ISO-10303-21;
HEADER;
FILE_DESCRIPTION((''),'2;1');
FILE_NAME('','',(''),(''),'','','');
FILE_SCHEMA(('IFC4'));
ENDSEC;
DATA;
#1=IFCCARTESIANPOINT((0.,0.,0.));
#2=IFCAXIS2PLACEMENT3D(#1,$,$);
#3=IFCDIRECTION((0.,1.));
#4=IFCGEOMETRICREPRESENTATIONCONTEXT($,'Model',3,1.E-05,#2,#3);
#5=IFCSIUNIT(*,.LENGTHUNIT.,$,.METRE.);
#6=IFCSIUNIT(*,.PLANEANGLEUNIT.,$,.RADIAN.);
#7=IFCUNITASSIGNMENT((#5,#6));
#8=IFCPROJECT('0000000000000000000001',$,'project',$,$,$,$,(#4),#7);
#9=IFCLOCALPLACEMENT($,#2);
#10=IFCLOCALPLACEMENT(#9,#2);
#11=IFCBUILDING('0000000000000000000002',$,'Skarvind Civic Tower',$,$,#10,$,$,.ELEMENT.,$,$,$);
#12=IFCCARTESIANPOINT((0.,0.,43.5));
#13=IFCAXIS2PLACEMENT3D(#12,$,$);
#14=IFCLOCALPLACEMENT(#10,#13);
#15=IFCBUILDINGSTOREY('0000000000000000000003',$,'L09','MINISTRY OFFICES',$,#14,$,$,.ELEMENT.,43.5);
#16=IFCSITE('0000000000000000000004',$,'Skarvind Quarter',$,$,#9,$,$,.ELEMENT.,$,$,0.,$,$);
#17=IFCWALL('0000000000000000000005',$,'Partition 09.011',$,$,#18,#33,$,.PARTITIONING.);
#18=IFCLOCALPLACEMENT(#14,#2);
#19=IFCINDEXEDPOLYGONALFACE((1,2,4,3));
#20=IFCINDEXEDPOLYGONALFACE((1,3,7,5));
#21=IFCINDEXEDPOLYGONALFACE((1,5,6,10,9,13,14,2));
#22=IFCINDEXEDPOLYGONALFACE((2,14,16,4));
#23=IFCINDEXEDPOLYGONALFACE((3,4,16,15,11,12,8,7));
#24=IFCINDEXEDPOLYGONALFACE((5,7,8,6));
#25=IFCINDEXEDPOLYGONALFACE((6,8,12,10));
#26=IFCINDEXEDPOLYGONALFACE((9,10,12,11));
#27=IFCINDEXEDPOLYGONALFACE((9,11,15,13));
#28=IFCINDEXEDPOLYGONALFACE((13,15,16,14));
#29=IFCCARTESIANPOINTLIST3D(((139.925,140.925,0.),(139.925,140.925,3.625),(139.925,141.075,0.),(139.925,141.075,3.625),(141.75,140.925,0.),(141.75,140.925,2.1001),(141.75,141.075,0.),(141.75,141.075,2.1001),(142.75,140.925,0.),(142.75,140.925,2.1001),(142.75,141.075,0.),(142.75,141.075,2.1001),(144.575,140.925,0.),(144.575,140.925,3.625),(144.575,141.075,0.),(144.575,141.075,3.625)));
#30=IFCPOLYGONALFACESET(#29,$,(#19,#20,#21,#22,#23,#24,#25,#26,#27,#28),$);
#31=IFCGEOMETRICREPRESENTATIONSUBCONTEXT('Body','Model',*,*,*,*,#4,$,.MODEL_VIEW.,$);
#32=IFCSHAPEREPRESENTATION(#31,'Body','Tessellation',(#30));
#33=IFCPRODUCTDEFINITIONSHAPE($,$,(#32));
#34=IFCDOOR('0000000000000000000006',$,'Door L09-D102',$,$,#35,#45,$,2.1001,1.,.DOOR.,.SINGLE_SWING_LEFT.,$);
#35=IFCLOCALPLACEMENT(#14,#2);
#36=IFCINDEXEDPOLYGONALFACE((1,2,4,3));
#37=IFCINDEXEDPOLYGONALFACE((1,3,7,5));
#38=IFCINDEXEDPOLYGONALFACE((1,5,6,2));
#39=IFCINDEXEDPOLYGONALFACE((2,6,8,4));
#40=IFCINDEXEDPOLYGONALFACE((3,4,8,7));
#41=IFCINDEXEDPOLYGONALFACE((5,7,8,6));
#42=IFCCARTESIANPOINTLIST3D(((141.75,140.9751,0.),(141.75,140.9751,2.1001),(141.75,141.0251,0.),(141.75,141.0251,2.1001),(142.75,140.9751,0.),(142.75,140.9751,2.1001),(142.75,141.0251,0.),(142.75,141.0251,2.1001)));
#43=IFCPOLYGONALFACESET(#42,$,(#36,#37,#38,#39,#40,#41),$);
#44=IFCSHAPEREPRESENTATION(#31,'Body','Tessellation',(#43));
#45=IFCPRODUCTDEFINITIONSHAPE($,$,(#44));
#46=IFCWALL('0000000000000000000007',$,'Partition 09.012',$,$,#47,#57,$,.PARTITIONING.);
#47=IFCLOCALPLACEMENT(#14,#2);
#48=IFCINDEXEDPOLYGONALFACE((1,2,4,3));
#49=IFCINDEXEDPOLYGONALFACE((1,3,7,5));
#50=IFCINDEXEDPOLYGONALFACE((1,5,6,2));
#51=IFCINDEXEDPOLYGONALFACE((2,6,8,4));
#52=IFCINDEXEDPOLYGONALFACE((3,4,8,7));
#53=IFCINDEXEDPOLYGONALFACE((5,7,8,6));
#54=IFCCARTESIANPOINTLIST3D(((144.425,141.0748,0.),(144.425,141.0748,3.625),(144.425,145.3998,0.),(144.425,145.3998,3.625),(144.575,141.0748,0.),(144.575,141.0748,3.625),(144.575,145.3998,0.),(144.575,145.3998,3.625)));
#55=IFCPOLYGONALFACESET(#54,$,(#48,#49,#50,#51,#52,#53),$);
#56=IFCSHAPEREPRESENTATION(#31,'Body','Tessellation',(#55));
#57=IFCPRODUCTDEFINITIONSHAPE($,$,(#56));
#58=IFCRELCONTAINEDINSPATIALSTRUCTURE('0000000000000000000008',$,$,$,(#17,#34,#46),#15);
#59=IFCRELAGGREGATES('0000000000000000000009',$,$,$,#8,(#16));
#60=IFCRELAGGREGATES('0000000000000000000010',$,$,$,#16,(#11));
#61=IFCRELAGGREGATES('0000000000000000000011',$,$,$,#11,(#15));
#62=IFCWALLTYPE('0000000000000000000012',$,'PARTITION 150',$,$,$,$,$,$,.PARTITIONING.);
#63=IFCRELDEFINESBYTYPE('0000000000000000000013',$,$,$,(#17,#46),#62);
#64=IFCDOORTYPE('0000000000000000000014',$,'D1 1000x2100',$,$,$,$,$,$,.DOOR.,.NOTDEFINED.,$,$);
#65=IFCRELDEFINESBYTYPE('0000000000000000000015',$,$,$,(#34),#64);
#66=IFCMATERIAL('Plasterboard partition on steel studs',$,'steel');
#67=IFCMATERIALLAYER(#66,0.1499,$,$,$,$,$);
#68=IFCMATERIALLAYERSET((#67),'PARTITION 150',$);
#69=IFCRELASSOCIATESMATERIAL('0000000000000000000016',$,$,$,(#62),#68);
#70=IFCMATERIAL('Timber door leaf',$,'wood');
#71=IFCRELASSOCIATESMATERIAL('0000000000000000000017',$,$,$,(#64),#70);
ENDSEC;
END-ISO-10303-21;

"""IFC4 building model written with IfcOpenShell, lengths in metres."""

from ifc_helpers import new_model, si_unit, direction, frame, frame_2d, origin, place, context, subcontext, project, spatial, rectangle, extrude, material, layer, layer_set, type_object, element, fill, save


model = new_model("IFC4")

# Units and contexts
model_context = context("Model", 3, precision=1e-05, world=origin(), true_north=direction((0.0, 1.0)))
body_context = subcontext(model_context, "Body", "Model", "MODEL_VIEW")
ifc_project = project(units=[si_unit("LENGTHUNIT", "METRE"), si_unit("PLANEANGLEUNIT", "RADIAN")], contexts=[model_context])

# Site, building, storey
site_placement = place(None, origin())
site = spatial("IfcSite", under=ifc_project, at=site_placement, Name="Skarvind Quarter", CompositionType="ELEMENT", RefElevation=0.0)
building_placement = place(site_placement, origin())
building = spatial("IfcBuilding", under=site, at=building_placement, Name="Skarvind Civic Tower", CompositionType="ELEMENT")
storey_placement = place(building_placement, frame((0.0, 0.0, 43.5)))
storey = spatial("IfcBuildingStorey", under=building, at=storey_placement, Name="L09", Description="MINISTRY OFFICES", CompositionType="ELEMENT", Elevation=43.5)

# Shared definitions
ifc_material_1 = material(Name="Plasterboard partition on steel studs", Category="steel")
ifc_layer_1 = layer(ifc_material_1, 0.1499)
ifc_layer_set_1 = layer_set([ifc_layer_1], Name="PARTITION 150")
wall_type_1 = type_object("IfcWallType", Name="PARTITION 150", PredefinedType="PARTITIONING", material=ifc_layer_set_1)

# Wall, opening, door
wall_1_placement = place(storey_placement, frame((144.575, 141.0, 0.0), z_axis=(0.0, 0.0, 1.0), x_axis=(-1.0, 0.0, 0.0)))
wall_1 = element("IfcWall", 1, at=wall_1_placement, inside=storey, type_object=wall_type_1, Name="Partition 09.011", PredefinedType="PARTITIONING", context=body_context, shape_type="SweptSolid", body=[
    extrude(rectangle(XDim=4.6499, YDim=0.1499, at=frame_2d((2.325, 0.0))), origin(), (0.0, 0.0, 1.0), 3.625),
])
opening_1_placement = place(wall_1_placement, frame((1.825, 0.0, 0.0)))
opening_1 = element("IfcOpeningElement", 2, at=opening_1_placement, cuts=wall_1, PredefinedType="OPENING", context=body_context, shape_type="SweptSolid", body=[
    extrude(rectangle(XDim=1.0, YDim=2.1001, at=frame_2d((0.5, 1.05))), frame((0.0, 0.085, 0.0), z_axis=(0.0, -1.0, 0.0), x_axis=(1.0, 0.0, 0.0)), (0.0, 0.0, 1.0), 0.1699),
])
ifc_material_2 = material(Name="Timber door leaf", Category="wood")
door_type_1 = type_object("IfcDoorType", Name="D1 1000x2100", OperationType="NOTDEFINED", PredefinedType="DOOR", material=ifc_material_2)
door_1_placement = place(opening_1_placement, origin())
door_1 = element("IfcDoor", 3, at=door_1_placement, inside=storey, type_object=door_type_1, Name="Door L09-D102", OperationType="SINGLE_SWING_LEFT", OverallHeight=2.1001, OverallWidth=1.0, PredefinedType="DOOR", context=body_context, shape_type="SweptSolid", body=[
    extrude(rectangle(XDim=1.0, YDim=2.1001, at=frame_2d((0.5, 1.05))), frame((0.0, 0.0249, 0.0), z_axis=(0.0, -1.0, 0.0), x_axis=(1.0, 0.0, 0.0)), (0.0, 0.0, 1.0), 0.05),
])
fill(opening_1, door_1)

# Wall
wall_2_placement = place(storey_placement, frame((144.5, 145.3999, 0.0), z_axis=(0.0, 0.0, 1.0), x_axis=(0.0, -1.0, 0.0)))
element("IfcWall", 4, at=wall_2_placement, inside=storey, type_object=wall_type_1, Name="Partition 09.012", PredefinedType="PARTITIONING", context=body_context, shape_type="SweptSolid", body=[
    extrude(rectangle(XDim=4.325, YDim=0.1499, at=frame_2d((2.1626, 0.0))), origin(), (0.0, 0.0, 1.0), 3.625),
])

save(model, "model.ifc")
